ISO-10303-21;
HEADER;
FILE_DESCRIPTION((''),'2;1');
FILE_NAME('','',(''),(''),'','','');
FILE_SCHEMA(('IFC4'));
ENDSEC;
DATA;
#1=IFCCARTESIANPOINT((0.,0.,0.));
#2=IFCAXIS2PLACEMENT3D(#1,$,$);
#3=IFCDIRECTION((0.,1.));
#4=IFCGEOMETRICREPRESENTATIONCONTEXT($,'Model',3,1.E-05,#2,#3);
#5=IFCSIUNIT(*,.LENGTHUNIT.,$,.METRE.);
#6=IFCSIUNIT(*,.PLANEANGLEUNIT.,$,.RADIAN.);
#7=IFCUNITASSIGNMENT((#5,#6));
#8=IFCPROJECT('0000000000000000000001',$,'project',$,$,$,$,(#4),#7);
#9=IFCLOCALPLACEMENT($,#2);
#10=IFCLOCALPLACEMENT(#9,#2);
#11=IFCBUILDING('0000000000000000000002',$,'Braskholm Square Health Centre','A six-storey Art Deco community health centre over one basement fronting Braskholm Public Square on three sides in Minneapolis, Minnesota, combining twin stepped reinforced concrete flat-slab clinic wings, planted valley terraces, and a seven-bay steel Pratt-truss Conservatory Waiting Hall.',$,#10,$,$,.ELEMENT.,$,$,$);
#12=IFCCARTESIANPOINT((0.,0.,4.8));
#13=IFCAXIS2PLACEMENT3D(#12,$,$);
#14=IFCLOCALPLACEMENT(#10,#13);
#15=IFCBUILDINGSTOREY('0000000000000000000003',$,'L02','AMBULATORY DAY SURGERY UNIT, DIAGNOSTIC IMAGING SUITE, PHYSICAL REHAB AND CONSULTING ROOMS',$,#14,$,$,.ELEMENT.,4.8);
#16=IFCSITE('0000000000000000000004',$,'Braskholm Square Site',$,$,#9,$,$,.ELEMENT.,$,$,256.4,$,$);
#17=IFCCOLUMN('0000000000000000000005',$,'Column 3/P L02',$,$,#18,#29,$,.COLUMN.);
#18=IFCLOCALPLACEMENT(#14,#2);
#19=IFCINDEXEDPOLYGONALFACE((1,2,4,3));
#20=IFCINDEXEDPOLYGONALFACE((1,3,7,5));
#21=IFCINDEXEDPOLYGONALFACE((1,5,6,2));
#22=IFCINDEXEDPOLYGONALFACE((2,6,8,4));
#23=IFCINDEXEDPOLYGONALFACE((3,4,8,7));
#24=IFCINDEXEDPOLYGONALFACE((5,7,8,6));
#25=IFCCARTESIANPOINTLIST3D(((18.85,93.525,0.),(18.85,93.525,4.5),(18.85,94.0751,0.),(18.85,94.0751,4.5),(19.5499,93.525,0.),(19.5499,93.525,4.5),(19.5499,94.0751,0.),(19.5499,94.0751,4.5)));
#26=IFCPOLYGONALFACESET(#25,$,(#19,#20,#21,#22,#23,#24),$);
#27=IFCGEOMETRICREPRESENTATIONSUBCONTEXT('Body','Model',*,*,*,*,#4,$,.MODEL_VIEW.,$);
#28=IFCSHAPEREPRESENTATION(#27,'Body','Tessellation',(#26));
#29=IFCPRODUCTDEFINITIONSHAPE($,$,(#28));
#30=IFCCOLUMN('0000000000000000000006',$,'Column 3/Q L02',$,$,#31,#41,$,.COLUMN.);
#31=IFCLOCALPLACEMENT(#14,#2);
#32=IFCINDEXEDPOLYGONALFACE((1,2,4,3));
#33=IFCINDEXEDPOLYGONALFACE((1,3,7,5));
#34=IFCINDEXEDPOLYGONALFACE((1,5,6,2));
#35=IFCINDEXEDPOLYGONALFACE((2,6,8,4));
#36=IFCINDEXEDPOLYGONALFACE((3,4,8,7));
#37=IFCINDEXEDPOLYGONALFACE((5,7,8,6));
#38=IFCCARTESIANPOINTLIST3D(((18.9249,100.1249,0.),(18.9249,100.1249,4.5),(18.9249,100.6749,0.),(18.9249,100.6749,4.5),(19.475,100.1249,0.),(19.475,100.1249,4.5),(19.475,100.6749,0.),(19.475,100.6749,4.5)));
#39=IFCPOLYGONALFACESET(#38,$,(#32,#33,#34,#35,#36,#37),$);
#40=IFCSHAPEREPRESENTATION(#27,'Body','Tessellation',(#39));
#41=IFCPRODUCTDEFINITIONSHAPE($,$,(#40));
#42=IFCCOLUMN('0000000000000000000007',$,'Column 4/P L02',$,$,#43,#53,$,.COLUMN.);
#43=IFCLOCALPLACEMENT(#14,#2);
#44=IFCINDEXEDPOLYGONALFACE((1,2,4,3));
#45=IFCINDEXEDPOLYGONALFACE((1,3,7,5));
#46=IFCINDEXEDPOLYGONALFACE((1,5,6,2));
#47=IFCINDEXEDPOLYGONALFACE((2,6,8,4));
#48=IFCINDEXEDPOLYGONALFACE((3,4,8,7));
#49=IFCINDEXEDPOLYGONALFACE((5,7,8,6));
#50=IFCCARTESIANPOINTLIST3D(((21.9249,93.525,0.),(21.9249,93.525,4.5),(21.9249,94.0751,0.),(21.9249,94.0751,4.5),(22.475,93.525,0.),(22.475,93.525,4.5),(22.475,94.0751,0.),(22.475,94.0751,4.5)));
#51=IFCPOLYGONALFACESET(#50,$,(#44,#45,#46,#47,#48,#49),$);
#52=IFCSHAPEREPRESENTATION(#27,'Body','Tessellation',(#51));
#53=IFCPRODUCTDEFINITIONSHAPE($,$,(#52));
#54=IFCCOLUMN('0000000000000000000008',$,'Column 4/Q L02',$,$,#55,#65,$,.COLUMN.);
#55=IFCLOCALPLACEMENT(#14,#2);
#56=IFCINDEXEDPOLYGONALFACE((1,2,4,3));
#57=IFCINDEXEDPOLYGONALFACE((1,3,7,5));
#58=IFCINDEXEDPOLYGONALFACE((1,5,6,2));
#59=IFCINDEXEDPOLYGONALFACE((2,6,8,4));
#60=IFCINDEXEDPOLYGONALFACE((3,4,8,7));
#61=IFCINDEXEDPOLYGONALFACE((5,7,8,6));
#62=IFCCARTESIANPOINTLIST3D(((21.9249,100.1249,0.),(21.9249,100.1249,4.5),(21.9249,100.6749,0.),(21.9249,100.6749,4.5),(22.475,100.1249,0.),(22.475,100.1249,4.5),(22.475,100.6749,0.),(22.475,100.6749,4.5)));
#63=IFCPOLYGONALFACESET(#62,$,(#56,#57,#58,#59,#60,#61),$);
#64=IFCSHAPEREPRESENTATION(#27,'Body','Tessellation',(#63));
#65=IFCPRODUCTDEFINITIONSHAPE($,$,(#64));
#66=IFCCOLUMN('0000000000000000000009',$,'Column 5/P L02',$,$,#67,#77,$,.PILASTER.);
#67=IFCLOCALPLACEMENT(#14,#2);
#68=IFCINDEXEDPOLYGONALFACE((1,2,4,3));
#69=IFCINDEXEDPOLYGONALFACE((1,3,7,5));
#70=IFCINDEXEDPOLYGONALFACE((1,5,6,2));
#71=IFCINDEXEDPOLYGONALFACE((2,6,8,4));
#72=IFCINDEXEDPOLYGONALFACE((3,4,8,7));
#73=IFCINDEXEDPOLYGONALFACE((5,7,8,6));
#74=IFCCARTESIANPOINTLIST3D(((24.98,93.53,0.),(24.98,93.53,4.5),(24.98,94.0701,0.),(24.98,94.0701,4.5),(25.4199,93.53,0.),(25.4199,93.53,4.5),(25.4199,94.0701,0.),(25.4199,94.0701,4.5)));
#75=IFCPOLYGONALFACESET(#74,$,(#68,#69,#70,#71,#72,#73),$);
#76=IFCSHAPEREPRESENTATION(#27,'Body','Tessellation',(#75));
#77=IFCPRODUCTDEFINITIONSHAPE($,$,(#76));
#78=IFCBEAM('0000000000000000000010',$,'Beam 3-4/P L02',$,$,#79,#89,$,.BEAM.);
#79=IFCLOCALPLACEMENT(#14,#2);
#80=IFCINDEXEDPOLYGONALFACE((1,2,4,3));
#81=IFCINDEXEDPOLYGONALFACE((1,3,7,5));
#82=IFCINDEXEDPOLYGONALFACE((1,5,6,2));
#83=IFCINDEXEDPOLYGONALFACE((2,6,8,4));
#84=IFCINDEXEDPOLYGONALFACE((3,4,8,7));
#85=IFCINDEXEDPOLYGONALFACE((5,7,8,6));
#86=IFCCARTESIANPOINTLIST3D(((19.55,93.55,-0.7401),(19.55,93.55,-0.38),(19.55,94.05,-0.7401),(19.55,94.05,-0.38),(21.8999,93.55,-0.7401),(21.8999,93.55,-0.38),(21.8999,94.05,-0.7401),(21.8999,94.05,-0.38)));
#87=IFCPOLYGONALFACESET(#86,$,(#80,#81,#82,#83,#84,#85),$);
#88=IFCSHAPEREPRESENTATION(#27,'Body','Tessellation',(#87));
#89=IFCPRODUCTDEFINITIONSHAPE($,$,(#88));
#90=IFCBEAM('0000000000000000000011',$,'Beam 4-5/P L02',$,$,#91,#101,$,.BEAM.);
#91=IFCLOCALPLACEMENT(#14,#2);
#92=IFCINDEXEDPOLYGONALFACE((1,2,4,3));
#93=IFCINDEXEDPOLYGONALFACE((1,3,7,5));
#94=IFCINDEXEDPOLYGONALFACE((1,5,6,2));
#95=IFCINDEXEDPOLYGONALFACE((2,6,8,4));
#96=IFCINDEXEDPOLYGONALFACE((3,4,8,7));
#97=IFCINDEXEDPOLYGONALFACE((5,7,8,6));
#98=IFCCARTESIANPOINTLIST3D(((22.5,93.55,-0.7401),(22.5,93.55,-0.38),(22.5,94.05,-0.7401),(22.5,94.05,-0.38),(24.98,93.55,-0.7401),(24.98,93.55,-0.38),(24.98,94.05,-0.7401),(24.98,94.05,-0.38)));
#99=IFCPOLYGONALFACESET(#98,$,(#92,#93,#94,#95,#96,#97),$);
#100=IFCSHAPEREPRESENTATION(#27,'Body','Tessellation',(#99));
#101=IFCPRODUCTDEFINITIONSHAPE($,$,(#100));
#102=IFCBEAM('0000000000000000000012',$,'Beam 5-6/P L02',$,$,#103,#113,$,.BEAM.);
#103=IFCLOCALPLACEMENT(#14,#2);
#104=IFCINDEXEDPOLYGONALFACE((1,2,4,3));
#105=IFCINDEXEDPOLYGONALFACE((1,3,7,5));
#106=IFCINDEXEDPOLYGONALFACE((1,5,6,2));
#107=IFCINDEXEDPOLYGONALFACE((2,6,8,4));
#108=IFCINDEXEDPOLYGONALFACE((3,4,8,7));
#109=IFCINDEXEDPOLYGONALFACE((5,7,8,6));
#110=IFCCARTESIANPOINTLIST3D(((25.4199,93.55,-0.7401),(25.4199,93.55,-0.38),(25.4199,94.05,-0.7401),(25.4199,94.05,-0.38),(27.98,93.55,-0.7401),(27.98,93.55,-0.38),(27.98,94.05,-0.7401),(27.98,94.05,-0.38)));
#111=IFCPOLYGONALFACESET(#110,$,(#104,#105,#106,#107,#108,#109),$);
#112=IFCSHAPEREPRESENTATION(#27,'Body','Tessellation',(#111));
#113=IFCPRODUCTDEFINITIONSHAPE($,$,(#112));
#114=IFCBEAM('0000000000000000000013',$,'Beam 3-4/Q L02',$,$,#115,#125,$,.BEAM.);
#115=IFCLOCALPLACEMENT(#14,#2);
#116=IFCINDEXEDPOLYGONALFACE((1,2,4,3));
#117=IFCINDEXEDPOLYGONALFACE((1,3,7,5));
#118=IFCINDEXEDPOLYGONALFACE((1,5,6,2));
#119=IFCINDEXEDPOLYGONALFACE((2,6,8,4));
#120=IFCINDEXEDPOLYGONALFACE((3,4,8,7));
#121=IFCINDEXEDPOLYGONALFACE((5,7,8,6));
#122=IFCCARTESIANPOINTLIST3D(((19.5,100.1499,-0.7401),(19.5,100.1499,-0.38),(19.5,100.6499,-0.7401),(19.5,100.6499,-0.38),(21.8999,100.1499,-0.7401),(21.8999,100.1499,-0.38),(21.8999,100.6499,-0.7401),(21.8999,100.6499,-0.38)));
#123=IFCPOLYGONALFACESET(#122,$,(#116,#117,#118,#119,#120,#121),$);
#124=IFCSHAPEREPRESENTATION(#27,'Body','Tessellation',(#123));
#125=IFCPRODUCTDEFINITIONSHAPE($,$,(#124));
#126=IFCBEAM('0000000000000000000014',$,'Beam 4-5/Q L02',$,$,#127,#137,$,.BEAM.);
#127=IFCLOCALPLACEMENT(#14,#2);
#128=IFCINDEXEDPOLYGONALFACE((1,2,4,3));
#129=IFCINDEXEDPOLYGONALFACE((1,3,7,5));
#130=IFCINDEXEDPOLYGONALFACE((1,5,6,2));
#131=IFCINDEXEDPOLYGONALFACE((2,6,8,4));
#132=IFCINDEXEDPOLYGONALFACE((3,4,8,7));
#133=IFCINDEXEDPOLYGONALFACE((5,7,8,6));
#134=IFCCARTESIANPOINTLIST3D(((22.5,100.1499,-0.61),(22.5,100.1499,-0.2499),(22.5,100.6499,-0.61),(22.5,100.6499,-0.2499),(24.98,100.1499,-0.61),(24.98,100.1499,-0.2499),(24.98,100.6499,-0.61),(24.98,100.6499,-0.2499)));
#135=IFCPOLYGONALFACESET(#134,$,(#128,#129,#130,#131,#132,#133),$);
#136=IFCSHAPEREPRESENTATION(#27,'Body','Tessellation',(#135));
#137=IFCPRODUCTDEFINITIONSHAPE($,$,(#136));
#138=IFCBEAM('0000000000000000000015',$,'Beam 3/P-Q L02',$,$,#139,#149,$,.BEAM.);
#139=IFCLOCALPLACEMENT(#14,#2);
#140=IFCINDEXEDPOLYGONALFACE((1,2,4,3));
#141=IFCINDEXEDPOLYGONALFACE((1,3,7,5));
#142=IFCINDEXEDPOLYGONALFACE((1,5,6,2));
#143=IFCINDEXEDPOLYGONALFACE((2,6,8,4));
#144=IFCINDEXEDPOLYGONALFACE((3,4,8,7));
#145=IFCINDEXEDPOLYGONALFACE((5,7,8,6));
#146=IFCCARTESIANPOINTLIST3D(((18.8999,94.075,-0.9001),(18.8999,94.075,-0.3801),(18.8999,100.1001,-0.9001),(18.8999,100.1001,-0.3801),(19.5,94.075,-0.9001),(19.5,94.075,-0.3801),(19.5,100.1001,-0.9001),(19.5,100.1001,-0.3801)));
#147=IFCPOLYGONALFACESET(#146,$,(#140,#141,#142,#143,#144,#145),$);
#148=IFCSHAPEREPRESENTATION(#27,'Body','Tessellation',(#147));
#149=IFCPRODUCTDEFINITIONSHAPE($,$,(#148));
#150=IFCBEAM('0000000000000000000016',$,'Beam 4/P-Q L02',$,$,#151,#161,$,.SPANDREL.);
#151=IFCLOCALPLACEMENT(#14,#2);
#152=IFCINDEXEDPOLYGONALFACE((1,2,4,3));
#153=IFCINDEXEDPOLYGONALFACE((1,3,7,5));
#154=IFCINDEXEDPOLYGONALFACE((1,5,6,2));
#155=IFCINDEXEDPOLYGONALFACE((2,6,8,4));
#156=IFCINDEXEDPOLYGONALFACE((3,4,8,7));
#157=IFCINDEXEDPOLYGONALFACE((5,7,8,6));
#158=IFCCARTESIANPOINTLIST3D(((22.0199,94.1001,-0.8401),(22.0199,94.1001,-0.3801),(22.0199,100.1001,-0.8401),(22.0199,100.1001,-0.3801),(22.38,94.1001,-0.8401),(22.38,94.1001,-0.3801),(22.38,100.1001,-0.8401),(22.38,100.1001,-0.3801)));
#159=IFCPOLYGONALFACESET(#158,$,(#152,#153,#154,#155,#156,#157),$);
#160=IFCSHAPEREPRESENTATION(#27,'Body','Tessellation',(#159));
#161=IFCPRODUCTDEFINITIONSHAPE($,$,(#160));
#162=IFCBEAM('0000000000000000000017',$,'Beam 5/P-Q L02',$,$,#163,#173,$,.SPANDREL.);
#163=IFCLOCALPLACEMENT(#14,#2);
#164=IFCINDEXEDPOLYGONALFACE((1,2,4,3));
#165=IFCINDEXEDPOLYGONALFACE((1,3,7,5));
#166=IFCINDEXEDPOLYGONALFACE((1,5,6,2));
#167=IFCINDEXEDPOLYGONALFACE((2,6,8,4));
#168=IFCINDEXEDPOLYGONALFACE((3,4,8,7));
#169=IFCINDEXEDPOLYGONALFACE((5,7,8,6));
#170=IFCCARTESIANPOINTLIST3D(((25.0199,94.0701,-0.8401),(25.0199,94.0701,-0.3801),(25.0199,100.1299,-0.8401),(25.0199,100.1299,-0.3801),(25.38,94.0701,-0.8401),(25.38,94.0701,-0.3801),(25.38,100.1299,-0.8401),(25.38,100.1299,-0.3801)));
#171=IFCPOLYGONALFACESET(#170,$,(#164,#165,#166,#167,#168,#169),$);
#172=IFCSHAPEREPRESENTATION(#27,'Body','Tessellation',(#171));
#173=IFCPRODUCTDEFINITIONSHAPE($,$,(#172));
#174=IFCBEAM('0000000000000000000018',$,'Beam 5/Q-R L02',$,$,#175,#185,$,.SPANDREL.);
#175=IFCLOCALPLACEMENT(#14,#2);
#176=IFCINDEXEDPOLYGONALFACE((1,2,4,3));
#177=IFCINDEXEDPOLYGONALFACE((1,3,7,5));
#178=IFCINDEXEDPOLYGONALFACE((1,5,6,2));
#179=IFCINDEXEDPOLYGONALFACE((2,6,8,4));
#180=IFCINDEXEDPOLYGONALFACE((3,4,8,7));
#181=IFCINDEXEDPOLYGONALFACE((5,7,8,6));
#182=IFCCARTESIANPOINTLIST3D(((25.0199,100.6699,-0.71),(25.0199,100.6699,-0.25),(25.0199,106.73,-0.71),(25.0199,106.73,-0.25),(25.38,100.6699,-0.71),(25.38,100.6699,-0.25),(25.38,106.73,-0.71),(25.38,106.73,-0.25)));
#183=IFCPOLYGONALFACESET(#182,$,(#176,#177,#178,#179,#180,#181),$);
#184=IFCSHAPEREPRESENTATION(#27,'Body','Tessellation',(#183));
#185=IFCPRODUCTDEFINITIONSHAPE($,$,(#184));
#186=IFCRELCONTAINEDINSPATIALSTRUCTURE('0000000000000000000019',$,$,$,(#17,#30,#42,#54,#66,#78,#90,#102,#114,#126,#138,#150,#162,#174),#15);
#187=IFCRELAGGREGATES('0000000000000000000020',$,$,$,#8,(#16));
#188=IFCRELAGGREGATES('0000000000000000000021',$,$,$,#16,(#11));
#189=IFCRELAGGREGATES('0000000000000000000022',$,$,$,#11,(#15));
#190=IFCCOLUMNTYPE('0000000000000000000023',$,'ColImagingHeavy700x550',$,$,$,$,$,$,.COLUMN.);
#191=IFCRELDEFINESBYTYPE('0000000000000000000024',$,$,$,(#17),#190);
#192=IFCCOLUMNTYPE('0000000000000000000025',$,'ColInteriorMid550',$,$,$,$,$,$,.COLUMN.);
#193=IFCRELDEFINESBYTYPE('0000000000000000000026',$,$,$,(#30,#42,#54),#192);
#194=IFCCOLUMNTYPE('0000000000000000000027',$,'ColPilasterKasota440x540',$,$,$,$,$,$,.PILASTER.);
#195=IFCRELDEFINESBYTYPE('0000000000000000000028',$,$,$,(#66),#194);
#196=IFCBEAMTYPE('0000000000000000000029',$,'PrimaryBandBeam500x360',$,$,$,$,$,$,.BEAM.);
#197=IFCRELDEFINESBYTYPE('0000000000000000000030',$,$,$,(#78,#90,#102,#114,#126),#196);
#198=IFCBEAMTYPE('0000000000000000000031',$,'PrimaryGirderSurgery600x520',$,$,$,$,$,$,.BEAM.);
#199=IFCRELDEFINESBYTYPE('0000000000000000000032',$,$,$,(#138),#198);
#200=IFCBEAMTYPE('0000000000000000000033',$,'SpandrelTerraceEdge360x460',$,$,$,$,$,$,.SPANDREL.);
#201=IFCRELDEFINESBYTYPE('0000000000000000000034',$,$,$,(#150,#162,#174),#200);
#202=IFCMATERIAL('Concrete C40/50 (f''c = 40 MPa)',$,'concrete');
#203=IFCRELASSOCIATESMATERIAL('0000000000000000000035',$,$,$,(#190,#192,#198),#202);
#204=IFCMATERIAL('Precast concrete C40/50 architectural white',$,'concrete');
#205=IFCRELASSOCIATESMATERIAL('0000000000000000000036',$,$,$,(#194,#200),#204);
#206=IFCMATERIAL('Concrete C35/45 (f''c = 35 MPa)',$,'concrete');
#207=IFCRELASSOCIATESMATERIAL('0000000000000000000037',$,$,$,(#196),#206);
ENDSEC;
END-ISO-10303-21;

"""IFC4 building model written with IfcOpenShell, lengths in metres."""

from ifc_helpers import new_model, si_unit, direction, frame, origin, origin_2d, place, context, subcontext, project, spatial, rectangle, extrude, material, material_profile, profile_set, type_object, element, save


model = new_model("IFC4")

# Units and contexts
model_context = context("Model", 3, precision=1e-05, world=origin(), true_north=direction((0.0, 1.0)))
body_context = subcontext(model_context, "Body", "Model", "MODEL_VIEW")
ifc_project = project(units=[si_unit("LENGTHUNIT", "METRE"), si_unit("PLANEANGLEUNIT", "RADIAN")], contexts=[model_context])

# Site, building, storey
site_placement = place(None, origin())
site = spatial("IfcSite", under=ifc_project, at=site_placement, Name="Braskholm Square Site", CompositionType="ELEMENT", RefElevation=256.4)
building_placement = place(site_placement, origin())
building = spatial("IfcBuilding", under=site, at=building_placement, Name="Braskholm Square Health Centre", Description="A six-storey Art Deco community health centre over one basement fronting Braskholm Public Square on three sides in Minneapolis, Minnesota, combining twin stepped reinforced concrete flat-slab clinic wings, planted valley terraces, and a seven-bay steel Pratt-truss Conservatory Waiting Hall.", CompositionType="ELEMENT")
storey_placement = place(building_placement, frame((0.0, 0.0, 4.8)))
storey = spatial("IfcBuildingStorey", under=building, at=storey_placement, Name="L02", Description="AMBULATORY DAY SURGERY UNIT, DIAGNOSTIC IMAGING SUITE, PHYSICAL REHAB AND CONSULTING ROOMS", CompositionType="ELEMENT", Elevation=4.8)

# Columns
ifc_material_1 = material(Name="Concrete C40/50 (f'c = 40 MPa)", Category="concrete")
ifc_material_profile_1 = material_profile(ifc_material_1, rectangle(XDim=0.7, YDim=0.55, at=origin_2d()), Name="RC-700X550")
ifc_profile_set_1 = profile_set([ifc_material_profile_1], Name="Concrete C40/50 (f'c = 40 MPa)")
column_type_1 = type_object("IfcColumnType", Name="ColImagingHeavy700x550", PredefinedType="COLUMN", material=ifc_profile_set_1)
column_1_placement = place(storey_placement, frame((19.2, 93.8, 0.0), z_axis=(0.0, 0.0, 1.0), x_axis=(1.0, 0.0, 0.0)))
element("IfcColumn", 1, at=column_1_placement, inside=storey, type_object=column_type_1, Name="Column 3/P L02", PredefinedType="COLUMN", context=body_context, shape_type="SweptSolid", body=[
    extrude(rectangle(XDim=0.7, YDim=0.55, at=origin_2d()), origin(), (0.0, 0.0, 1.0), 4.5),
])
ifc_material_profile_2 = material_profile(ifc_material_1, rectangle(XDim=0.55, YDim=0.55, at=origin_2d()), Name="RC-550X550")
ifc_profile_set_2 = profile_set([ifc_material_profile_2], Name="Concrete C40/50 (f'c = 40 MPa)")
column_type_2 = type_object("IfcColumnType", Name="ColInteriorMid550", PredefinedType="COLUMN", material=ifc_profile_set_2)
for number, where, z_axis, x_axis, name in (
    (2, (19.2, 100.3999, 0.0), (0.0, 0.0, 1.0), (1.0, 0.0, 0.0), "Column 3/Q L02"),
    (3, (22.2, 93.8, 0.0), (0.0, 0.0, 1.0), (1.0, 0.0, 0.0), "Column 4/P L02"),
    (4, (22.2, 100.3999, 0.0), (0.0, 0.0, 1.0), (1.0, 0.0, 0.0), "Column 4/Q L02"),
):
    element("IfcColumn", number, at=place(storey_placement, frame(where, z_axis=z_axis, x_axis=x_axis)), inside=storey, type_object=column_type_2, Name=name, PredefinedType="COLUMN", context=body_context, shape_type="SweptSolid", body=[
        extrude(rectangle(XDim=0.55, YDim=0.55, at=origin_2d()), origin(), (0.0, 0.0, 1.0), 4.5),
    ])
ifc_material_2 = material(Name="Precast concrete C40/50 architectural white", Category="concrete")
ifc_material_profile_3 = material_profile(ifc_material_2, rectangle(XDim=0.4399, YDim=0.54, at=origin_2d()), Name="RC-440X540")
ifc_profile_set_3 = profile_set([ifc_material_profile_3], Name="Precast concrete C40/50 architectural white")
column_type_3 = type_object("IfcColumnType", Name="ColPilasterKasota440x540", PredefinedType="PILASTER", material=ifc_profile_set_3)
column_2_placement = place(storey_placement, frame((25.2, 93.8, 0.0), z_axis=(0.0, 0.0, 1.0), x_axis=(1.0, 0.0, 0.0)))
element("IfcColumn", 5, at=column_2_placement, inside=storey, type_object=column_type_3, Name="Column 5/P L02", PredefinedType="PILASTER", context=body_context, shape_type="SweptSolid", body=[
    extrude(rectangle(XDim=0.4399, YDim=0.54, at=origin_2d()), origin(), (0.0, 0.0, 1.0), 4.5),
])

# Beams
ifc_material_3 = material(Name="Concrete C35/45 (f'c = 35 MPa)", Category="concrete")
ifc_material_profile_4 = material_profile(ifc_material_3, rectangle(XDim=0.5, YDim=0.3601, at=origin_2d()), Name="RCB-500X360")
ifc_profile_set_4 = profile_set([ifc_material_profile_4], Name="Concrete C35/45 (f'c = 35 MPa)")
beam_type_1 = type_object("IfcBeamType", Name="PrimaryBandBeam500x360", PredefinedType="BEAM", material=ifc_profile_set_4)
beam_1_placement = place(storey_placement, frame((19.55, 93.8, -0.5601), z_axis=(1.0, 0.0, 0.0), x_axis=(0.0, 1.0, 0.0)))
element("IfcBeam", 6, at=beam_1_placement, inside=storey, type_object=beam_type_1, Name="Beam 3-4/P L02", PredefinedType="BEAM", context=body_context, shape_type="SweptSolid", body=[
    extrude(rectangle(XDim=0.5, YDim=0.3601, at=origin_2d()), origin(), (0.0, 0.0, 1.0), 2.3499),
])
beam_2_placement = place(storey_placement, frame((22.5, 93.8, -0.5601), z_axis=(1.0, 0.0, 0.0), x_axis=(0.0, 1.0, 0.0)))
element("IfcBeam", 7, at=beam_2_placement, inside=storey, type_object=beam_type_1, Name="Beam 4-5/P L02", PredefinedType="BEAM", context=body_context, shape_type="SweptSolid", body=[
    extrude(rectangle(XDim=0.5, YDim=0.3601, at=origin_2d()), origin(), (0.0, 0.0, 1.0), 2.48),
])
beam_3_placement = place(storey_placement, frame((25.4199, 93.8, -0.5601), z_axis=(1.0, 0.0, 0.0), x_axis=(0.0, 1.0, 0.0)))
element("IfcBeam", 8, at=beam_3_placement, inside=storey, type_object=beam_type_1, Name="Beam 5-6/P L02", PredefinedType="BEAM", context=body_context, shape_type="SweptSolid", body=[
    extrude(rectangle(XDim=0.5, YDim=0.3601, at=origin_2d()), origin(), (0.0, 0.0, 1.0), 2.5601),
])
beam_4_placement = place(storey_placement, frame((19.5, 100.3999, -0.5601), z_axis=(1.0, 0.0, 0.0), x_axis=(0.0, 1.0, 0.0)))
element("IfcBeam", 9, at=beam_4_placement, inside=storey, type_object=beam_type_1, Name="Beam 3-4/Q L02", PredefinedType="BEAM", context=body_context, shape_type="SweptSolid", body=[
    extrude(rectangle(XDim=0.5, YDim=0.3601, at=origin_2d()), origin(), (0.0, 0.0, 1.0), 2.3999),
])
beam_5_placement = place(storey_placement, frame((22.5, 100.3999, -0.4299), z_axis=(1.0, 0.0, 0.0), x_axis=(0.0, 1.0, 0.0)))
element("IfcBeam", 10, at=beam_5_placement, inside=storey, type_object=beam_type_1, Name="Beam 4-5/Q L02", PredefinedType="BEAM", context=body_context, shape_type="SweptSolid", body=[
    extrude(rectangle(XDim=0.5, YDim=0.3601, at=origin_2d()), origin(), (0.0, 0.0, 1.0), 2.48),
])
ifc_material_profile_5 = material_profile(ifc_material_1, rectangle(XDim=0.6001, YDim=0.52, at=origin_2d()), Name="RCB-600X520")
ifc_profile_set_5 = profile_set([ifc_material_profile_5], Name="Concrete C40/50 (f'c = 40 MPa)")
beam_type_2 = type_object("IfcBeamType", Name="PrimaryGirderSurgery600x520", PredefinedType="BEAM", material=ifc_profile_set_5)
beam_6_placement = place(storey_placement, frame((19.2, 94.075, -0.6401), z_axis=(0.0, 1.0, 0.0), x_axis=(-1.0, 0.0, 0.0)))
element("IfcBeam", 11, at=beam_6_placement, inside=storey, type_object=beam_type_2, Name="Beam 3/P-Q L02", PredefinedType="BEAM", context=body_context, shape_type="SweptSolid", body=[
    extrude(rectangle(XDim=0.6001, YDim=0.52, at=origin_2d()), origin(), (0.0, 0.0, 1.0), 6.0251),
])
ifc_material_profile_6 = material_profile(ifc_material_2, rectangle(XDim=0.3601, YDim=0.46, at=origin_2d()), Name="RCB-360X460")
ifc_profile_set_6 = profile_set([ifc_material_profile_6], Name="Precast concrete C40/50 architectural white")
beam_type_3 = type_object("IfcBeamType", Name="SpandrelTerraceEdge360x460", PredefinedType="SPANDREL", material=ifc_profile_set_6)
beam_7_placement = place(storey_placement, frame((22.2, 94.1001, -0.6101), z_axis=(0.0, 1.0, 0.0), x_axis=(-1.0, 0.0, 0.0)))
element("IfcBeam", 12, at=beam_7_placement, inside=storey, type_object=beam_type_3, Name="Beam 4/P-Q L02", PredefinedType="SPANDREL", context=body_context, shape_type="SweptSolid", body=[
    extrude(rectangle(XDim=0.3601, YDim=0.46, at=origin_2d()), origin(), (0.0, 0.0, 1.0), 6.0),
])
beam_8_placement = place(storey_placement, frame((25.2, 94.0701, -0.6101), z_axis=(0.0, 1.0, 0.0), x_axis=(-1.0, 0.0, 0.0)))
element("IfcBeam", 13, at=beam_8_placement, inside=storey, type_object=beam_type_3, Name="Beam 5/P-Q L02", PredefinedType="SPANDREL", context=body_context, shape_type="SweptSolid", body=[
    extrude(rectangle(XDim=0.3601, YDim=0.46, at=origin_2d()), origin(), (0.0, 0.0, 1.0), 6.0598),
])
beam_9_placement = place(storey_placement, frame((25.2, 100.6699, -0.48), z_axis=(0.0, 1.0, 0.0), x_axis=(-1.0, 0.0, 0.0)))
element("IfcBeam", 14, at=beam_9_placement, inside=storey, type_object=beam_type_3, Name="Beam 5/Q-R L02", PredefinedType="SPANDREL", context=body_context, shape_type="SweptSolid", body=[
    extrude(rectangle(XDim=0.3601, YDim=0.46, at=origin_2d()), origin(), (0.0, 0.0, 1.0), 6.0601),
])

save(model, "model.ifc")
